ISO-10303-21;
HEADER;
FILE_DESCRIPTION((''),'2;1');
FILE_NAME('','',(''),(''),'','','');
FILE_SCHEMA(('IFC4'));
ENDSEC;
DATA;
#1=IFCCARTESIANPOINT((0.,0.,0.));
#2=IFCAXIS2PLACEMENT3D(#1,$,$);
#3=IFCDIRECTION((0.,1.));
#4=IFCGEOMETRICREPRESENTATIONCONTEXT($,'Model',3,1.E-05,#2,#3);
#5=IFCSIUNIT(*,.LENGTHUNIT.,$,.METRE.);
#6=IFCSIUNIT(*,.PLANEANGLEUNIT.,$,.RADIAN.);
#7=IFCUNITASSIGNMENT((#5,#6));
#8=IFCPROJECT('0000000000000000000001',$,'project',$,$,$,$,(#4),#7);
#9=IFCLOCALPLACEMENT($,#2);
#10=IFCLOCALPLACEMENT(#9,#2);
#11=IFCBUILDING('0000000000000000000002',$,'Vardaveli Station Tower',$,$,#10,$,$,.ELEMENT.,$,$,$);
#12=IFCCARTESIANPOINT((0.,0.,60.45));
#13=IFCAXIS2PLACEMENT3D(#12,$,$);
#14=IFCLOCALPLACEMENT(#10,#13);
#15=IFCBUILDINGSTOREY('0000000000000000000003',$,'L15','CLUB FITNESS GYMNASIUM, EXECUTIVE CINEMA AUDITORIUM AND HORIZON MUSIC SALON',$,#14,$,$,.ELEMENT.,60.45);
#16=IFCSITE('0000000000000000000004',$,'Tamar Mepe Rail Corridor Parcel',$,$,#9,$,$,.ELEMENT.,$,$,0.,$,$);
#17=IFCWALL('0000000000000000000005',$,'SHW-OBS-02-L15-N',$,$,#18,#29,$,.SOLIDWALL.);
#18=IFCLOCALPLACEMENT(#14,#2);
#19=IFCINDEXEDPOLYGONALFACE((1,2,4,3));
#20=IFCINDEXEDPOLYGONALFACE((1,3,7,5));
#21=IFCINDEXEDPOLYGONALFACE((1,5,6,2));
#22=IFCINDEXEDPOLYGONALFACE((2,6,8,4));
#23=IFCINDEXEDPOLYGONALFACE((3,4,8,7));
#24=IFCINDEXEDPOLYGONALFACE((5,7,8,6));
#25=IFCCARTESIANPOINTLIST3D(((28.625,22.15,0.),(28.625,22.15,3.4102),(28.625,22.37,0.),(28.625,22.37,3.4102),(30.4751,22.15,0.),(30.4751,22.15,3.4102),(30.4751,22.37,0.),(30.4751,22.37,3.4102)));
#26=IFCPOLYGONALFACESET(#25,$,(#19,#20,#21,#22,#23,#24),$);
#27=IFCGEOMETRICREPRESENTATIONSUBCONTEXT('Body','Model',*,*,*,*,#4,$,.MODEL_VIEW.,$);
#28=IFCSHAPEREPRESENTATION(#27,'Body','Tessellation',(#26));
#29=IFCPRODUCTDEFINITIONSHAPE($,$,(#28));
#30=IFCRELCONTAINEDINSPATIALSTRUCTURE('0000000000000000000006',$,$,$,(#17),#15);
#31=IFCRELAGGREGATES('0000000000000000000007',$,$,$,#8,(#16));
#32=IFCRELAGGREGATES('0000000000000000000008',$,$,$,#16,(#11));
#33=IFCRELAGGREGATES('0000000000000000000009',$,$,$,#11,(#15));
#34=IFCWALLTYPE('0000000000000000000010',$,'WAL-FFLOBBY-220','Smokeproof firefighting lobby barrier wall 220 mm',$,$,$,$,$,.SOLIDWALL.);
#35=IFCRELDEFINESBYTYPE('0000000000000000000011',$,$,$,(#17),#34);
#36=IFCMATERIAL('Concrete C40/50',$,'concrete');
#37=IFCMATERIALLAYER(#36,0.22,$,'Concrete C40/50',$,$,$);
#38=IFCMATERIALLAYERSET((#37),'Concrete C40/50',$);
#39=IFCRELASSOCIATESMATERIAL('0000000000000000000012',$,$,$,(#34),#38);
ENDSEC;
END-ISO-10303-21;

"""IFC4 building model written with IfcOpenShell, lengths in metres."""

from ifc_helpers import new_model, si_unit, direction, frame, frame_2d, origin, place, context, subcontext, project, spatial, rectangle, extrude, source, transform, mapped, material, layer, layer_set, type_object, element, save


model = new_model("IFC4")

# Units and contexts
model_context = context("Model", 3, precision=1e-05, world=origin(), true_north=direction((0.0, 1.0)))
body_context = subcontext(model_context, "Body", "Model", "MODEL_VIEW")
ifc_project = project(units=[si_unit("LENGTHUNIT", "METRE"), si_unit("PLANEANGLEUNIT", "RADIAN")], contexts=[model_context])

# Site, building, storey
site_placement = place(None, origin())
site = spatial("IfcSite", under=ifc_project, at=site_placement, Name="Tamar Mepe Rail Corridor Parcel", CompositionType="ELEMENT", RefElevation=0.0)
building_placement = place(site_placement, origin())
building = spatial("IfcBuilding", under=site, at=building_placement, Name="Vardaveli Station Tower", CompositionType="ELEMENT")
storey_placement = place(building_placement, frame((0.0, 0.0, 60.45)))
storey = spatial("IfcBuildingStorey", under=building, at=storey_placement, Name="L15", Description="CLUB FITNESS GYMNASIUM, EXECUTIVE CINEMA AUDITORIUM AND HORIZON MUSIC SALON", CompositionType="ELEMENT", Elevation=60.45)

# Shared definitions
ifc_material_1 = material(Name="Concrete C40/50", Category="concrete")

# Shared definitions
ifc_layer_1 = layer(ifc_material_1, 0.22, Name="Concrete C40/50")
ifc_layer_set_1 = layer_set([ifc_layer_1], Name="Concrete C40/50")
wall_type_1 = type_object("IfcWallType", Name="WAL-FFLOBBY-220", Description="Smokeproof firefighting lobby barrier wall 220 mm", PredefinedType="SOLIDWALL", material=ifc_layer_set_1)

# Wall
shared_shape_1 = source(origin(), body_context, "Body", "SweptSolid", [
    extrude(rectangle(XDim=1.8501, YDim=0.22, at=frame_2d((0.925, 0.0))), origin(), (0.0, 0.0, 1.0), 3.4102),
])
wall_1_placement = place(storey_placement, frame((28.625, 22.26, 0.0), z_axis=(0.0, 0.0, 1.0), x_axis=(1.0, 0.0, 0.0)))
element("IfcWall", 1, at=wall_1_placement, inside=storey, type_object=wall_type_1, Name="SHW-OBS-02-L15-N", PredefinedType="SOLIDWALL", context=body_context, shape_type="MappedRepresentation", body=[
    mapped(shared_shape_1, transform((0.0, 0.0, 0.0), scale=1.0)),
])

save(model, "model.ifc")
